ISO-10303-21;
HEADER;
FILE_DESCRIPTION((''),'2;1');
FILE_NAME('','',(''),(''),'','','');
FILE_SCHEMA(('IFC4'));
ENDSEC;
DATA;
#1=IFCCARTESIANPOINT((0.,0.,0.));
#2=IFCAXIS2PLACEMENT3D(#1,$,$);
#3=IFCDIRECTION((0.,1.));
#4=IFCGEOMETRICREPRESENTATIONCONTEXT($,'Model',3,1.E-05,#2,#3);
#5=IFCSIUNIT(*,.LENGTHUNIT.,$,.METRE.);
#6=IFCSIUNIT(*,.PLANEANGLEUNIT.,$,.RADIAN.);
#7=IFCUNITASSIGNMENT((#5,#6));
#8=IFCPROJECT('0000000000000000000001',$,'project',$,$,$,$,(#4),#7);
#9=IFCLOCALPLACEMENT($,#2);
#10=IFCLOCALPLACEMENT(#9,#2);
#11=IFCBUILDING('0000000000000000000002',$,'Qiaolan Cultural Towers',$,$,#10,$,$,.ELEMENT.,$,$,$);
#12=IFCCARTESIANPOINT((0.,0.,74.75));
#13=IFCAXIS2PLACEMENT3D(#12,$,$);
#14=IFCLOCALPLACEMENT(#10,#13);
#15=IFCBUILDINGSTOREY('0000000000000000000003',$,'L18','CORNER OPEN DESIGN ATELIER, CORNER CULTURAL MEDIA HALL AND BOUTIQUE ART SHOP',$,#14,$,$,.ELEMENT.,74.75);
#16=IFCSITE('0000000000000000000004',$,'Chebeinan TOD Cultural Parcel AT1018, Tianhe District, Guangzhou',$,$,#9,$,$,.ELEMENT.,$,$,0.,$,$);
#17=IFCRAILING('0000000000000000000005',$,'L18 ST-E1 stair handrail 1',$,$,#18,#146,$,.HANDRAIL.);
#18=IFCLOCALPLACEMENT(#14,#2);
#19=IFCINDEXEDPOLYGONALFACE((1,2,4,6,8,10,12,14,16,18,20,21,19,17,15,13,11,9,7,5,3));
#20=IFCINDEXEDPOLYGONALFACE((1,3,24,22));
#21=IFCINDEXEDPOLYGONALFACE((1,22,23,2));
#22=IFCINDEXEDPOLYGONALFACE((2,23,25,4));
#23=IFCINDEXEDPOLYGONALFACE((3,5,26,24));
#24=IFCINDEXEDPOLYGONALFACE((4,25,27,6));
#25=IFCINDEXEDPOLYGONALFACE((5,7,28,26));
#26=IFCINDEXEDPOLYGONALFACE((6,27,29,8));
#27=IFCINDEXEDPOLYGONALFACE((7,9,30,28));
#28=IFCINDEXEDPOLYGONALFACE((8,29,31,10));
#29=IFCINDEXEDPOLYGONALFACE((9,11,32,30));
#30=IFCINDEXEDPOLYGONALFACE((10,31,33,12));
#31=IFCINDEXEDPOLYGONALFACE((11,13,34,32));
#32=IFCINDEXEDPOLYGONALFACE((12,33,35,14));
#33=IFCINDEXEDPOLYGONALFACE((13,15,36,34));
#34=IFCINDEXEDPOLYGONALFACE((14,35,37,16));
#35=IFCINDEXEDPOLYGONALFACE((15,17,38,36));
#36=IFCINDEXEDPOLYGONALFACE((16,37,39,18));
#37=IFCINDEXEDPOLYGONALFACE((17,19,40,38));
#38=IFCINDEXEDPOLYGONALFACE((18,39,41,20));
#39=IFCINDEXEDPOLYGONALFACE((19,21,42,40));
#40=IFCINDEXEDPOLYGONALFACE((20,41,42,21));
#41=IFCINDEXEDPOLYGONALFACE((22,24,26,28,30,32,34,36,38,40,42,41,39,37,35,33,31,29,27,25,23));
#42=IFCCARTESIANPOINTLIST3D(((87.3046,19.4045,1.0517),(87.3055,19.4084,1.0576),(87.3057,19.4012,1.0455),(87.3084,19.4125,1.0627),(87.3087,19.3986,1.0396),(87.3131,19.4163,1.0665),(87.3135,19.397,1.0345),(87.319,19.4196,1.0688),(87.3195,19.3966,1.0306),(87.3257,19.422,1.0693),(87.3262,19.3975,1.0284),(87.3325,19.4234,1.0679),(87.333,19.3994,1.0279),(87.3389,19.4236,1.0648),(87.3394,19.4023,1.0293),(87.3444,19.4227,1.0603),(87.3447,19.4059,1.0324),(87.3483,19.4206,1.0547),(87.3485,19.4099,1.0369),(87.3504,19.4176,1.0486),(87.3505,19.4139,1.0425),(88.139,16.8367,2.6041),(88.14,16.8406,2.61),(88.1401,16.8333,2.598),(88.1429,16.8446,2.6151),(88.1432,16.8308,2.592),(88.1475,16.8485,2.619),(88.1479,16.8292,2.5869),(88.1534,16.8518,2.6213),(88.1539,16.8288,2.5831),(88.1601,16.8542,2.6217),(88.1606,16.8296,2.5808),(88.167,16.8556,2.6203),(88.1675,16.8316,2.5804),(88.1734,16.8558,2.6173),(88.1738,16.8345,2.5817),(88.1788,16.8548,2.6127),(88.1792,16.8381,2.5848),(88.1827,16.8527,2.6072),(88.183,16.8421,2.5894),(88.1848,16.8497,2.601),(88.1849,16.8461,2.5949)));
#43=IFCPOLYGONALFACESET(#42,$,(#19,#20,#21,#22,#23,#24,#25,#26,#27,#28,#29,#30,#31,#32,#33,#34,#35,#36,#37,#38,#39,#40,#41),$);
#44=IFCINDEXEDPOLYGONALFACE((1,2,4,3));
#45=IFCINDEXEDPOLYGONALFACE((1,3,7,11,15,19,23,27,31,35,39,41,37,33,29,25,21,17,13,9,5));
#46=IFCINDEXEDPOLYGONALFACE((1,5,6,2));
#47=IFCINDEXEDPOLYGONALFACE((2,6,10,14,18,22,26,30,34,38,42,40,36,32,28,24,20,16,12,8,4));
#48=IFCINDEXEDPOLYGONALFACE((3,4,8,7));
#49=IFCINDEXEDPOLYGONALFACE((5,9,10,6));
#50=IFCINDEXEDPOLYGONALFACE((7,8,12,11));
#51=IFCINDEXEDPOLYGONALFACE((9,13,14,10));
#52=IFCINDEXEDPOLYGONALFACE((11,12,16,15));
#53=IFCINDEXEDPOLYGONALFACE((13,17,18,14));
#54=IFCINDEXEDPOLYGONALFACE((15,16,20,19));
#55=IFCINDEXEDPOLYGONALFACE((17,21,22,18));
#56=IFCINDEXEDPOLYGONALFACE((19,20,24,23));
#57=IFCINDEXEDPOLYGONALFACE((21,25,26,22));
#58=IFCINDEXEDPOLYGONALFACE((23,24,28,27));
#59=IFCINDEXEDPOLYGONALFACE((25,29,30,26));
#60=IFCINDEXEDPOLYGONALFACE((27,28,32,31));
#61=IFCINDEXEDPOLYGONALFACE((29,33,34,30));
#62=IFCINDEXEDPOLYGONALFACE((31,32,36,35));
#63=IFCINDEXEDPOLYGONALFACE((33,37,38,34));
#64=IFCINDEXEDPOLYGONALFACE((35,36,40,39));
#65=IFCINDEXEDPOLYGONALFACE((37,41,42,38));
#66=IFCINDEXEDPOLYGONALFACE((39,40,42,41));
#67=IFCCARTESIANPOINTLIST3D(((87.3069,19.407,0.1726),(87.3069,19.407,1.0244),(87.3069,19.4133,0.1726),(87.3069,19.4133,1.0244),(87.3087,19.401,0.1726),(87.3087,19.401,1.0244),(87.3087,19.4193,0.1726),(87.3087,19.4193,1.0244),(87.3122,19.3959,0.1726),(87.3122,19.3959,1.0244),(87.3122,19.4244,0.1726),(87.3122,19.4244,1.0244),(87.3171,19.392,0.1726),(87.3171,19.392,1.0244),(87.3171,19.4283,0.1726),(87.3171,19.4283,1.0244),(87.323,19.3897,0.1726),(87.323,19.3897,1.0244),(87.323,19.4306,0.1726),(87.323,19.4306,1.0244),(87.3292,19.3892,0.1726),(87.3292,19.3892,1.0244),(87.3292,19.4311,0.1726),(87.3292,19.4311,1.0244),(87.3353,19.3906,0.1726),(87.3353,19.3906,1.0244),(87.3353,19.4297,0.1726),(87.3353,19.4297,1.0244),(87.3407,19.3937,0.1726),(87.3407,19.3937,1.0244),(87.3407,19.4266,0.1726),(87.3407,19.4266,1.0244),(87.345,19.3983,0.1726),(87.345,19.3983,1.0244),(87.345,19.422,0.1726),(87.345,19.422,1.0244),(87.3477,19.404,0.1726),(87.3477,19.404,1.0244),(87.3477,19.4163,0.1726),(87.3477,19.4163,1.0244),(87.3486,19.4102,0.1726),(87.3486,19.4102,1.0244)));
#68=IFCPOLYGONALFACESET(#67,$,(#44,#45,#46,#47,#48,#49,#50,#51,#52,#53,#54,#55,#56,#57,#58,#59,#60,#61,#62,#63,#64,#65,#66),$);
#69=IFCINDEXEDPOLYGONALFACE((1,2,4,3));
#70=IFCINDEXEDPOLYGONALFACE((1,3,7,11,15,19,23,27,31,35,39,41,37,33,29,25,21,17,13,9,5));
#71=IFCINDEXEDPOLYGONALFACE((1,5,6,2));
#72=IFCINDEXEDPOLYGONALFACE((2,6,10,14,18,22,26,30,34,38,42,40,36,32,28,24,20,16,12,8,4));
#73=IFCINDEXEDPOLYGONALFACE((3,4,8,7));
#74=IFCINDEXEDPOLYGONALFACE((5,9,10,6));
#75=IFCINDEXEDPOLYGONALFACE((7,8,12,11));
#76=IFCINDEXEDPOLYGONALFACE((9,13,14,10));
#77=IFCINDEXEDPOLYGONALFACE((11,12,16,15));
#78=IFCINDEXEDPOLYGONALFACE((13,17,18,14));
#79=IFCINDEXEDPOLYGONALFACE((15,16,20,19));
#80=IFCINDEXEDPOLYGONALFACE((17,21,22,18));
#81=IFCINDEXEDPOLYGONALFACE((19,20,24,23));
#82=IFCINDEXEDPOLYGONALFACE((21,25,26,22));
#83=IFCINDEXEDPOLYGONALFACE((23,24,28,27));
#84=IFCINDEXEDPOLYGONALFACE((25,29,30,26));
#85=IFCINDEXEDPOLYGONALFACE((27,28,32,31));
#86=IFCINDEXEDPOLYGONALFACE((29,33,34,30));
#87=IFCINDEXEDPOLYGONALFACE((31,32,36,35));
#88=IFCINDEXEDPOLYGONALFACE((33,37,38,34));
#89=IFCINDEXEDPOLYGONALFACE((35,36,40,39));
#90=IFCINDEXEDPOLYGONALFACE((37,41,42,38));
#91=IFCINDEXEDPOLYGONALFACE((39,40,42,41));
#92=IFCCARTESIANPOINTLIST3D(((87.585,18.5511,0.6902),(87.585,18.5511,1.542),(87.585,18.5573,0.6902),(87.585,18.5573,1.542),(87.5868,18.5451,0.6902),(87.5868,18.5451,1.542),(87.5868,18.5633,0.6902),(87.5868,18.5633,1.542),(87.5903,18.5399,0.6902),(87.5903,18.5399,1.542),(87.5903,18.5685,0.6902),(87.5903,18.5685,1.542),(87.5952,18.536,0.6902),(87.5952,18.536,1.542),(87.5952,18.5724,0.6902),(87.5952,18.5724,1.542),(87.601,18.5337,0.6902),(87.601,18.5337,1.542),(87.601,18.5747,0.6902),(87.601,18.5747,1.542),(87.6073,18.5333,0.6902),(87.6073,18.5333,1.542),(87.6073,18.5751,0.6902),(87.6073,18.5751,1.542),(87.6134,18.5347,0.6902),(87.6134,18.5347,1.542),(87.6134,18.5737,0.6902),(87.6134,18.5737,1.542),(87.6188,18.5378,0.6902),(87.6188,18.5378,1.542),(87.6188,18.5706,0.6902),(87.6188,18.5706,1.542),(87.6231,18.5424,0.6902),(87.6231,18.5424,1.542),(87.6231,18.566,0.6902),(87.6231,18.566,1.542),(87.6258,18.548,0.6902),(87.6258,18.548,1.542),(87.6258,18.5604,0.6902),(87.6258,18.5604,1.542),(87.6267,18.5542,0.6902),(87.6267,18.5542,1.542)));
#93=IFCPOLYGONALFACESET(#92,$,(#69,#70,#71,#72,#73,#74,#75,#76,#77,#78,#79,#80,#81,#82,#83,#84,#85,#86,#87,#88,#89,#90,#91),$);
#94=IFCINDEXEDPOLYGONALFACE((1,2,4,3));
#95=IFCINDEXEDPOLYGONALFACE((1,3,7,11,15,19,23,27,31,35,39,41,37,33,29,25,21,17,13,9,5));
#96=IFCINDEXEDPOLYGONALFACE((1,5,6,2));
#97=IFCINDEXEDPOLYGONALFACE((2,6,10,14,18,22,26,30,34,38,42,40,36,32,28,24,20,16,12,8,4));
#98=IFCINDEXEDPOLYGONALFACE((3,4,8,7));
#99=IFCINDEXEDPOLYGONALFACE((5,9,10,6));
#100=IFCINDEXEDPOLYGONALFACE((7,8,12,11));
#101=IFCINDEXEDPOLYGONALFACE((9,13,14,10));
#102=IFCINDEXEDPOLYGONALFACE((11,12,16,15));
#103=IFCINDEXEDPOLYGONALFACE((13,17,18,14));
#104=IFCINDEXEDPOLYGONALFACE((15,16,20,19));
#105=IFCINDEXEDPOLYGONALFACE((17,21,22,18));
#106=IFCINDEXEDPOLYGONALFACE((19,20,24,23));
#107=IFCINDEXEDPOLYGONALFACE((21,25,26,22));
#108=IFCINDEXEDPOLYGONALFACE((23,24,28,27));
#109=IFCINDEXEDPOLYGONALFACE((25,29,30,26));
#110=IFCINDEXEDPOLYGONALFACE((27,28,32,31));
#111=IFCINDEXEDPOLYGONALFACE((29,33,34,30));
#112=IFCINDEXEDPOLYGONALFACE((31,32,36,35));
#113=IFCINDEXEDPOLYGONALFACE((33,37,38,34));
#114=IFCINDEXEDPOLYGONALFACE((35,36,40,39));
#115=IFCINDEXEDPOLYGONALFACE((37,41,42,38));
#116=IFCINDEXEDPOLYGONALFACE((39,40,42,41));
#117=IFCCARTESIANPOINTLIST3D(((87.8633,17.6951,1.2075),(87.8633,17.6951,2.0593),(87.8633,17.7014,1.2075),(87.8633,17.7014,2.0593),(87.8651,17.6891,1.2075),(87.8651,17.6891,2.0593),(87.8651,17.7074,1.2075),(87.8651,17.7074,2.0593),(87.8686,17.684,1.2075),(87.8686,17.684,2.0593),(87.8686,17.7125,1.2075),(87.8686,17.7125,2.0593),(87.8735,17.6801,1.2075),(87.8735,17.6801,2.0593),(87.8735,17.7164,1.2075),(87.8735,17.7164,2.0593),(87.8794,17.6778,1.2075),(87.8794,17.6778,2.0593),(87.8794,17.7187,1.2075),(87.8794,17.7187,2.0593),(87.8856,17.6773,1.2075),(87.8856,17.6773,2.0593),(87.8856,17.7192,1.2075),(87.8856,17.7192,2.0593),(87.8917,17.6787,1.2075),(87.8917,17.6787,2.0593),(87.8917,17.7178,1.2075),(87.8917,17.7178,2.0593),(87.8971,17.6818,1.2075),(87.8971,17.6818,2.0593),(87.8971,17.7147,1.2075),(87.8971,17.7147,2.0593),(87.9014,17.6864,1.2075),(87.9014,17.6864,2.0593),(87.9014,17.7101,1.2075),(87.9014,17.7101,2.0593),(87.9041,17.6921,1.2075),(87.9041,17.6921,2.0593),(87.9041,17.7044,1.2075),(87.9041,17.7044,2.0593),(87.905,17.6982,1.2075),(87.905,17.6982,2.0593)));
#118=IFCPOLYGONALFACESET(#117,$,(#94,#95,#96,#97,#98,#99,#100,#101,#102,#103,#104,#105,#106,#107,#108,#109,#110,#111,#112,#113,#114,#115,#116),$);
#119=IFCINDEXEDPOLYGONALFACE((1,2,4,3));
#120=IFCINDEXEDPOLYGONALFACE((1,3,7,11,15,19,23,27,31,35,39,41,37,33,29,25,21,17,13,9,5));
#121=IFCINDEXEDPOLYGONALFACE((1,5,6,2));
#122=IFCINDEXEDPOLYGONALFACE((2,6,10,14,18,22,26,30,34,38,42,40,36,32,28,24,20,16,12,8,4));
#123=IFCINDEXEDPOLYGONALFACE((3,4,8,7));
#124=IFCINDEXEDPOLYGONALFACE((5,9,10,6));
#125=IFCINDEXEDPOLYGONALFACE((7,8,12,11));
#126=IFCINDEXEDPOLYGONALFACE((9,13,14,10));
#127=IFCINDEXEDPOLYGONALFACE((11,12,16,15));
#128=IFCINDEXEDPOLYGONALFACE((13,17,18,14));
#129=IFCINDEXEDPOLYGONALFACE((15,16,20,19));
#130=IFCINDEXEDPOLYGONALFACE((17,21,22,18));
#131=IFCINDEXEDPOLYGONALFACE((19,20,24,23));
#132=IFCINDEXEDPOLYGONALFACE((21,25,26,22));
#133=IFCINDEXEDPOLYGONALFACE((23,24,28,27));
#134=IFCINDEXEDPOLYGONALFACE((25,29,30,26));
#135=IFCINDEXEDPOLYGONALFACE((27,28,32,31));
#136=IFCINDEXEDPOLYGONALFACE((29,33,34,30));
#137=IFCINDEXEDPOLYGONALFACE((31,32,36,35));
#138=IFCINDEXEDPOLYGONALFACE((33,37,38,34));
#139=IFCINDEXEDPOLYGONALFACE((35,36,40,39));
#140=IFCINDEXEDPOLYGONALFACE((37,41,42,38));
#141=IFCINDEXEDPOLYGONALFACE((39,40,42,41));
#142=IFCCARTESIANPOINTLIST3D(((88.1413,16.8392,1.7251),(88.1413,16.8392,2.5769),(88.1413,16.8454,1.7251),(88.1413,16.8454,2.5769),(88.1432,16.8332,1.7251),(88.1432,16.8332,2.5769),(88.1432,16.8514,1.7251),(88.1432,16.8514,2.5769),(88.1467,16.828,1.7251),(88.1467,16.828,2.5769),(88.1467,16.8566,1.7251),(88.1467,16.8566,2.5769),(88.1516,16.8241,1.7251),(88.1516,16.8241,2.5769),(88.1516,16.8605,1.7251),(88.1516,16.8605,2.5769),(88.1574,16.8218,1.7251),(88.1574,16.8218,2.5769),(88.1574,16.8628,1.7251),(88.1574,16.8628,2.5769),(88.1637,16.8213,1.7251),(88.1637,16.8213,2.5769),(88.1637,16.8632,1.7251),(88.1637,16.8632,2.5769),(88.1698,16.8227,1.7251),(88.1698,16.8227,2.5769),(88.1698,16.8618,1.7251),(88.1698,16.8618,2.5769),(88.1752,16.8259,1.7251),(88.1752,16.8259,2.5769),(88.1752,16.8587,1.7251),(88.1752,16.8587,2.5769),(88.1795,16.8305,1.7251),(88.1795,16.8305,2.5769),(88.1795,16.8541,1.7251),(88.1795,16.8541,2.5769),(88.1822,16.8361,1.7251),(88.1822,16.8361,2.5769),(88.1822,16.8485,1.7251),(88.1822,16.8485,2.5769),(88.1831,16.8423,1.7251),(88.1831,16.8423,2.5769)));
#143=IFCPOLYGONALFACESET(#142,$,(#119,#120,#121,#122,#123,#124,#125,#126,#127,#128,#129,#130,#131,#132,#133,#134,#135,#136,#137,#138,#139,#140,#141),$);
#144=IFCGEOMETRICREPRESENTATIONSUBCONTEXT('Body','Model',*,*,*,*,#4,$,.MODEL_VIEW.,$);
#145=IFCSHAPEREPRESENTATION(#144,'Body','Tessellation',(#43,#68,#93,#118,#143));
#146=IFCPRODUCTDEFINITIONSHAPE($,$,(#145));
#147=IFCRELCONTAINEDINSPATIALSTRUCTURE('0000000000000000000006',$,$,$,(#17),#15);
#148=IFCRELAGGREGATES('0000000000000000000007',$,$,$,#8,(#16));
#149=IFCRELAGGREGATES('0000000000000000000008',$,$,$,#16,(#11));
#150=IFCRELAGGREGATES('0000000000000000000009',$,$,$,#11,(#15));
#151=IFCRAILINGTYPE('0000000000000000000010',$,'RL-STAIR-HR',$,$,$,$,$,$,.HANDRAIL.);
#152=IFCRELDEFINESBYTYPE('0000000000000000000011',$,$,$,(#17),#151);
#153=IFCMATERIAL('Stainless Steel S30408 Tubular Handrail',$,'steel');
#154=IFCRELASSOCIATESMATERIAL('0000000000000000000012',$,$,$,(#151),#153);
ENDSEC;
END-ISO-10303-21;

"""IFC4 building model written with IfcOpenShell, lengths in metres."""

from ifc_helpers import new_model, si_unit, direction, frame, origin, origin_2d, place, context, subcontext, project, spatial, circle, extrude, material, type_object, element, save


model = new_model("IFC4")

# Units and contexts
model_context = context("Model", 3, precision=1e-05, world=origin(), true_north=direction((0.0, 1.0)))
body_context = subcontext(model_context, "Body", "Model", "MODEL_VIEW")
ifc_project = project(units=[si_unit("LENGTHUNIT", "METRE"), si_unit("PLANEANGLEUNIT", "RADIAN")], contexts=[model_context])

# Site, building, storey
site_placement = place(None, origin())
site = spatial("IfcSite", under=ifc_project, at=site_placement, Name="Chebeinan TOD Cultural Parcel AT1018, Tianhe District, Guangzhou", CompositionType="ELEMENT", RefElevation=0.0)
building_placement = place(site_placement, origin())
building = spatial("IfcBuilding", under=site, at=building_placement, Name="Qiaolan Cultural Towers", CompositionType="ELEMENT")
storey_placement = place(building_placement, frame((0.0, 0.0, 74.75)))
storey = spatial("IfcBuildingStorey", under=building, at=storey_placement, Name="L18", Description="CORNER OPEN DESIGN ATELIER, CORNER CULTURAL MEDIA HALL AND BOUTIQUE ART SHOP", CompositionType="ELEMENT", Elevation=74.75)

# Railing
ifc_material_1 = material(Name="Stainless Steel S30408 Tubular Handrail", Category="steel")
railing_type_1 = type_object("IfcRailingType", Name="RL-STAIR-HR", PredefinedType="HANDRAIL", material=ifc_material_1)
railing_1_placement = place(storey_placement, frame((87.3276, 19.4102, 0.1726)))
element("IfcRailing", 1, at=railing_1_placement, inside=storey, type_object=railing_type_1, Name="L18 ST-E1 stair handrail 1", PredefinedType="HANDRAIL", context=body_context, shape_type="SweptSolid", body=[
    extrude(circle(Radius=0.0239, at=origin_2d()), frame((0.0, 0.0, 0.876), z_axis=(0.267926, -0.824471, 0.498461), x_axis=(0.951043, 0.309057, 0.0)), (0.0, 0.0, 1.0), 3.1145),
    extrude(circle(Radius=0.021, at=origin_2d()), origin(), (0.0, 0.0, 1.0), 0.8518),
    extrude(circle(Radius=0.021, at=origin_2d()), frame((0.2781, -0.856, 0.5176)), (0.0, 0.0, 1.0), 0.8518),
    extrude(circle(Radius=0.021, at=origin_2d()), frame((0.5564, -1.7119, 1.0349)), (0.0, 0.0, 1.0), 0.8518),
    extrude(circle(Radius=0.021, at=origin_2d()), frame((0.8345, -2.5679, 1.5525)), (0.0, 0.0, 1.0), 0.8518),
])

save(model, "model.ifc")
